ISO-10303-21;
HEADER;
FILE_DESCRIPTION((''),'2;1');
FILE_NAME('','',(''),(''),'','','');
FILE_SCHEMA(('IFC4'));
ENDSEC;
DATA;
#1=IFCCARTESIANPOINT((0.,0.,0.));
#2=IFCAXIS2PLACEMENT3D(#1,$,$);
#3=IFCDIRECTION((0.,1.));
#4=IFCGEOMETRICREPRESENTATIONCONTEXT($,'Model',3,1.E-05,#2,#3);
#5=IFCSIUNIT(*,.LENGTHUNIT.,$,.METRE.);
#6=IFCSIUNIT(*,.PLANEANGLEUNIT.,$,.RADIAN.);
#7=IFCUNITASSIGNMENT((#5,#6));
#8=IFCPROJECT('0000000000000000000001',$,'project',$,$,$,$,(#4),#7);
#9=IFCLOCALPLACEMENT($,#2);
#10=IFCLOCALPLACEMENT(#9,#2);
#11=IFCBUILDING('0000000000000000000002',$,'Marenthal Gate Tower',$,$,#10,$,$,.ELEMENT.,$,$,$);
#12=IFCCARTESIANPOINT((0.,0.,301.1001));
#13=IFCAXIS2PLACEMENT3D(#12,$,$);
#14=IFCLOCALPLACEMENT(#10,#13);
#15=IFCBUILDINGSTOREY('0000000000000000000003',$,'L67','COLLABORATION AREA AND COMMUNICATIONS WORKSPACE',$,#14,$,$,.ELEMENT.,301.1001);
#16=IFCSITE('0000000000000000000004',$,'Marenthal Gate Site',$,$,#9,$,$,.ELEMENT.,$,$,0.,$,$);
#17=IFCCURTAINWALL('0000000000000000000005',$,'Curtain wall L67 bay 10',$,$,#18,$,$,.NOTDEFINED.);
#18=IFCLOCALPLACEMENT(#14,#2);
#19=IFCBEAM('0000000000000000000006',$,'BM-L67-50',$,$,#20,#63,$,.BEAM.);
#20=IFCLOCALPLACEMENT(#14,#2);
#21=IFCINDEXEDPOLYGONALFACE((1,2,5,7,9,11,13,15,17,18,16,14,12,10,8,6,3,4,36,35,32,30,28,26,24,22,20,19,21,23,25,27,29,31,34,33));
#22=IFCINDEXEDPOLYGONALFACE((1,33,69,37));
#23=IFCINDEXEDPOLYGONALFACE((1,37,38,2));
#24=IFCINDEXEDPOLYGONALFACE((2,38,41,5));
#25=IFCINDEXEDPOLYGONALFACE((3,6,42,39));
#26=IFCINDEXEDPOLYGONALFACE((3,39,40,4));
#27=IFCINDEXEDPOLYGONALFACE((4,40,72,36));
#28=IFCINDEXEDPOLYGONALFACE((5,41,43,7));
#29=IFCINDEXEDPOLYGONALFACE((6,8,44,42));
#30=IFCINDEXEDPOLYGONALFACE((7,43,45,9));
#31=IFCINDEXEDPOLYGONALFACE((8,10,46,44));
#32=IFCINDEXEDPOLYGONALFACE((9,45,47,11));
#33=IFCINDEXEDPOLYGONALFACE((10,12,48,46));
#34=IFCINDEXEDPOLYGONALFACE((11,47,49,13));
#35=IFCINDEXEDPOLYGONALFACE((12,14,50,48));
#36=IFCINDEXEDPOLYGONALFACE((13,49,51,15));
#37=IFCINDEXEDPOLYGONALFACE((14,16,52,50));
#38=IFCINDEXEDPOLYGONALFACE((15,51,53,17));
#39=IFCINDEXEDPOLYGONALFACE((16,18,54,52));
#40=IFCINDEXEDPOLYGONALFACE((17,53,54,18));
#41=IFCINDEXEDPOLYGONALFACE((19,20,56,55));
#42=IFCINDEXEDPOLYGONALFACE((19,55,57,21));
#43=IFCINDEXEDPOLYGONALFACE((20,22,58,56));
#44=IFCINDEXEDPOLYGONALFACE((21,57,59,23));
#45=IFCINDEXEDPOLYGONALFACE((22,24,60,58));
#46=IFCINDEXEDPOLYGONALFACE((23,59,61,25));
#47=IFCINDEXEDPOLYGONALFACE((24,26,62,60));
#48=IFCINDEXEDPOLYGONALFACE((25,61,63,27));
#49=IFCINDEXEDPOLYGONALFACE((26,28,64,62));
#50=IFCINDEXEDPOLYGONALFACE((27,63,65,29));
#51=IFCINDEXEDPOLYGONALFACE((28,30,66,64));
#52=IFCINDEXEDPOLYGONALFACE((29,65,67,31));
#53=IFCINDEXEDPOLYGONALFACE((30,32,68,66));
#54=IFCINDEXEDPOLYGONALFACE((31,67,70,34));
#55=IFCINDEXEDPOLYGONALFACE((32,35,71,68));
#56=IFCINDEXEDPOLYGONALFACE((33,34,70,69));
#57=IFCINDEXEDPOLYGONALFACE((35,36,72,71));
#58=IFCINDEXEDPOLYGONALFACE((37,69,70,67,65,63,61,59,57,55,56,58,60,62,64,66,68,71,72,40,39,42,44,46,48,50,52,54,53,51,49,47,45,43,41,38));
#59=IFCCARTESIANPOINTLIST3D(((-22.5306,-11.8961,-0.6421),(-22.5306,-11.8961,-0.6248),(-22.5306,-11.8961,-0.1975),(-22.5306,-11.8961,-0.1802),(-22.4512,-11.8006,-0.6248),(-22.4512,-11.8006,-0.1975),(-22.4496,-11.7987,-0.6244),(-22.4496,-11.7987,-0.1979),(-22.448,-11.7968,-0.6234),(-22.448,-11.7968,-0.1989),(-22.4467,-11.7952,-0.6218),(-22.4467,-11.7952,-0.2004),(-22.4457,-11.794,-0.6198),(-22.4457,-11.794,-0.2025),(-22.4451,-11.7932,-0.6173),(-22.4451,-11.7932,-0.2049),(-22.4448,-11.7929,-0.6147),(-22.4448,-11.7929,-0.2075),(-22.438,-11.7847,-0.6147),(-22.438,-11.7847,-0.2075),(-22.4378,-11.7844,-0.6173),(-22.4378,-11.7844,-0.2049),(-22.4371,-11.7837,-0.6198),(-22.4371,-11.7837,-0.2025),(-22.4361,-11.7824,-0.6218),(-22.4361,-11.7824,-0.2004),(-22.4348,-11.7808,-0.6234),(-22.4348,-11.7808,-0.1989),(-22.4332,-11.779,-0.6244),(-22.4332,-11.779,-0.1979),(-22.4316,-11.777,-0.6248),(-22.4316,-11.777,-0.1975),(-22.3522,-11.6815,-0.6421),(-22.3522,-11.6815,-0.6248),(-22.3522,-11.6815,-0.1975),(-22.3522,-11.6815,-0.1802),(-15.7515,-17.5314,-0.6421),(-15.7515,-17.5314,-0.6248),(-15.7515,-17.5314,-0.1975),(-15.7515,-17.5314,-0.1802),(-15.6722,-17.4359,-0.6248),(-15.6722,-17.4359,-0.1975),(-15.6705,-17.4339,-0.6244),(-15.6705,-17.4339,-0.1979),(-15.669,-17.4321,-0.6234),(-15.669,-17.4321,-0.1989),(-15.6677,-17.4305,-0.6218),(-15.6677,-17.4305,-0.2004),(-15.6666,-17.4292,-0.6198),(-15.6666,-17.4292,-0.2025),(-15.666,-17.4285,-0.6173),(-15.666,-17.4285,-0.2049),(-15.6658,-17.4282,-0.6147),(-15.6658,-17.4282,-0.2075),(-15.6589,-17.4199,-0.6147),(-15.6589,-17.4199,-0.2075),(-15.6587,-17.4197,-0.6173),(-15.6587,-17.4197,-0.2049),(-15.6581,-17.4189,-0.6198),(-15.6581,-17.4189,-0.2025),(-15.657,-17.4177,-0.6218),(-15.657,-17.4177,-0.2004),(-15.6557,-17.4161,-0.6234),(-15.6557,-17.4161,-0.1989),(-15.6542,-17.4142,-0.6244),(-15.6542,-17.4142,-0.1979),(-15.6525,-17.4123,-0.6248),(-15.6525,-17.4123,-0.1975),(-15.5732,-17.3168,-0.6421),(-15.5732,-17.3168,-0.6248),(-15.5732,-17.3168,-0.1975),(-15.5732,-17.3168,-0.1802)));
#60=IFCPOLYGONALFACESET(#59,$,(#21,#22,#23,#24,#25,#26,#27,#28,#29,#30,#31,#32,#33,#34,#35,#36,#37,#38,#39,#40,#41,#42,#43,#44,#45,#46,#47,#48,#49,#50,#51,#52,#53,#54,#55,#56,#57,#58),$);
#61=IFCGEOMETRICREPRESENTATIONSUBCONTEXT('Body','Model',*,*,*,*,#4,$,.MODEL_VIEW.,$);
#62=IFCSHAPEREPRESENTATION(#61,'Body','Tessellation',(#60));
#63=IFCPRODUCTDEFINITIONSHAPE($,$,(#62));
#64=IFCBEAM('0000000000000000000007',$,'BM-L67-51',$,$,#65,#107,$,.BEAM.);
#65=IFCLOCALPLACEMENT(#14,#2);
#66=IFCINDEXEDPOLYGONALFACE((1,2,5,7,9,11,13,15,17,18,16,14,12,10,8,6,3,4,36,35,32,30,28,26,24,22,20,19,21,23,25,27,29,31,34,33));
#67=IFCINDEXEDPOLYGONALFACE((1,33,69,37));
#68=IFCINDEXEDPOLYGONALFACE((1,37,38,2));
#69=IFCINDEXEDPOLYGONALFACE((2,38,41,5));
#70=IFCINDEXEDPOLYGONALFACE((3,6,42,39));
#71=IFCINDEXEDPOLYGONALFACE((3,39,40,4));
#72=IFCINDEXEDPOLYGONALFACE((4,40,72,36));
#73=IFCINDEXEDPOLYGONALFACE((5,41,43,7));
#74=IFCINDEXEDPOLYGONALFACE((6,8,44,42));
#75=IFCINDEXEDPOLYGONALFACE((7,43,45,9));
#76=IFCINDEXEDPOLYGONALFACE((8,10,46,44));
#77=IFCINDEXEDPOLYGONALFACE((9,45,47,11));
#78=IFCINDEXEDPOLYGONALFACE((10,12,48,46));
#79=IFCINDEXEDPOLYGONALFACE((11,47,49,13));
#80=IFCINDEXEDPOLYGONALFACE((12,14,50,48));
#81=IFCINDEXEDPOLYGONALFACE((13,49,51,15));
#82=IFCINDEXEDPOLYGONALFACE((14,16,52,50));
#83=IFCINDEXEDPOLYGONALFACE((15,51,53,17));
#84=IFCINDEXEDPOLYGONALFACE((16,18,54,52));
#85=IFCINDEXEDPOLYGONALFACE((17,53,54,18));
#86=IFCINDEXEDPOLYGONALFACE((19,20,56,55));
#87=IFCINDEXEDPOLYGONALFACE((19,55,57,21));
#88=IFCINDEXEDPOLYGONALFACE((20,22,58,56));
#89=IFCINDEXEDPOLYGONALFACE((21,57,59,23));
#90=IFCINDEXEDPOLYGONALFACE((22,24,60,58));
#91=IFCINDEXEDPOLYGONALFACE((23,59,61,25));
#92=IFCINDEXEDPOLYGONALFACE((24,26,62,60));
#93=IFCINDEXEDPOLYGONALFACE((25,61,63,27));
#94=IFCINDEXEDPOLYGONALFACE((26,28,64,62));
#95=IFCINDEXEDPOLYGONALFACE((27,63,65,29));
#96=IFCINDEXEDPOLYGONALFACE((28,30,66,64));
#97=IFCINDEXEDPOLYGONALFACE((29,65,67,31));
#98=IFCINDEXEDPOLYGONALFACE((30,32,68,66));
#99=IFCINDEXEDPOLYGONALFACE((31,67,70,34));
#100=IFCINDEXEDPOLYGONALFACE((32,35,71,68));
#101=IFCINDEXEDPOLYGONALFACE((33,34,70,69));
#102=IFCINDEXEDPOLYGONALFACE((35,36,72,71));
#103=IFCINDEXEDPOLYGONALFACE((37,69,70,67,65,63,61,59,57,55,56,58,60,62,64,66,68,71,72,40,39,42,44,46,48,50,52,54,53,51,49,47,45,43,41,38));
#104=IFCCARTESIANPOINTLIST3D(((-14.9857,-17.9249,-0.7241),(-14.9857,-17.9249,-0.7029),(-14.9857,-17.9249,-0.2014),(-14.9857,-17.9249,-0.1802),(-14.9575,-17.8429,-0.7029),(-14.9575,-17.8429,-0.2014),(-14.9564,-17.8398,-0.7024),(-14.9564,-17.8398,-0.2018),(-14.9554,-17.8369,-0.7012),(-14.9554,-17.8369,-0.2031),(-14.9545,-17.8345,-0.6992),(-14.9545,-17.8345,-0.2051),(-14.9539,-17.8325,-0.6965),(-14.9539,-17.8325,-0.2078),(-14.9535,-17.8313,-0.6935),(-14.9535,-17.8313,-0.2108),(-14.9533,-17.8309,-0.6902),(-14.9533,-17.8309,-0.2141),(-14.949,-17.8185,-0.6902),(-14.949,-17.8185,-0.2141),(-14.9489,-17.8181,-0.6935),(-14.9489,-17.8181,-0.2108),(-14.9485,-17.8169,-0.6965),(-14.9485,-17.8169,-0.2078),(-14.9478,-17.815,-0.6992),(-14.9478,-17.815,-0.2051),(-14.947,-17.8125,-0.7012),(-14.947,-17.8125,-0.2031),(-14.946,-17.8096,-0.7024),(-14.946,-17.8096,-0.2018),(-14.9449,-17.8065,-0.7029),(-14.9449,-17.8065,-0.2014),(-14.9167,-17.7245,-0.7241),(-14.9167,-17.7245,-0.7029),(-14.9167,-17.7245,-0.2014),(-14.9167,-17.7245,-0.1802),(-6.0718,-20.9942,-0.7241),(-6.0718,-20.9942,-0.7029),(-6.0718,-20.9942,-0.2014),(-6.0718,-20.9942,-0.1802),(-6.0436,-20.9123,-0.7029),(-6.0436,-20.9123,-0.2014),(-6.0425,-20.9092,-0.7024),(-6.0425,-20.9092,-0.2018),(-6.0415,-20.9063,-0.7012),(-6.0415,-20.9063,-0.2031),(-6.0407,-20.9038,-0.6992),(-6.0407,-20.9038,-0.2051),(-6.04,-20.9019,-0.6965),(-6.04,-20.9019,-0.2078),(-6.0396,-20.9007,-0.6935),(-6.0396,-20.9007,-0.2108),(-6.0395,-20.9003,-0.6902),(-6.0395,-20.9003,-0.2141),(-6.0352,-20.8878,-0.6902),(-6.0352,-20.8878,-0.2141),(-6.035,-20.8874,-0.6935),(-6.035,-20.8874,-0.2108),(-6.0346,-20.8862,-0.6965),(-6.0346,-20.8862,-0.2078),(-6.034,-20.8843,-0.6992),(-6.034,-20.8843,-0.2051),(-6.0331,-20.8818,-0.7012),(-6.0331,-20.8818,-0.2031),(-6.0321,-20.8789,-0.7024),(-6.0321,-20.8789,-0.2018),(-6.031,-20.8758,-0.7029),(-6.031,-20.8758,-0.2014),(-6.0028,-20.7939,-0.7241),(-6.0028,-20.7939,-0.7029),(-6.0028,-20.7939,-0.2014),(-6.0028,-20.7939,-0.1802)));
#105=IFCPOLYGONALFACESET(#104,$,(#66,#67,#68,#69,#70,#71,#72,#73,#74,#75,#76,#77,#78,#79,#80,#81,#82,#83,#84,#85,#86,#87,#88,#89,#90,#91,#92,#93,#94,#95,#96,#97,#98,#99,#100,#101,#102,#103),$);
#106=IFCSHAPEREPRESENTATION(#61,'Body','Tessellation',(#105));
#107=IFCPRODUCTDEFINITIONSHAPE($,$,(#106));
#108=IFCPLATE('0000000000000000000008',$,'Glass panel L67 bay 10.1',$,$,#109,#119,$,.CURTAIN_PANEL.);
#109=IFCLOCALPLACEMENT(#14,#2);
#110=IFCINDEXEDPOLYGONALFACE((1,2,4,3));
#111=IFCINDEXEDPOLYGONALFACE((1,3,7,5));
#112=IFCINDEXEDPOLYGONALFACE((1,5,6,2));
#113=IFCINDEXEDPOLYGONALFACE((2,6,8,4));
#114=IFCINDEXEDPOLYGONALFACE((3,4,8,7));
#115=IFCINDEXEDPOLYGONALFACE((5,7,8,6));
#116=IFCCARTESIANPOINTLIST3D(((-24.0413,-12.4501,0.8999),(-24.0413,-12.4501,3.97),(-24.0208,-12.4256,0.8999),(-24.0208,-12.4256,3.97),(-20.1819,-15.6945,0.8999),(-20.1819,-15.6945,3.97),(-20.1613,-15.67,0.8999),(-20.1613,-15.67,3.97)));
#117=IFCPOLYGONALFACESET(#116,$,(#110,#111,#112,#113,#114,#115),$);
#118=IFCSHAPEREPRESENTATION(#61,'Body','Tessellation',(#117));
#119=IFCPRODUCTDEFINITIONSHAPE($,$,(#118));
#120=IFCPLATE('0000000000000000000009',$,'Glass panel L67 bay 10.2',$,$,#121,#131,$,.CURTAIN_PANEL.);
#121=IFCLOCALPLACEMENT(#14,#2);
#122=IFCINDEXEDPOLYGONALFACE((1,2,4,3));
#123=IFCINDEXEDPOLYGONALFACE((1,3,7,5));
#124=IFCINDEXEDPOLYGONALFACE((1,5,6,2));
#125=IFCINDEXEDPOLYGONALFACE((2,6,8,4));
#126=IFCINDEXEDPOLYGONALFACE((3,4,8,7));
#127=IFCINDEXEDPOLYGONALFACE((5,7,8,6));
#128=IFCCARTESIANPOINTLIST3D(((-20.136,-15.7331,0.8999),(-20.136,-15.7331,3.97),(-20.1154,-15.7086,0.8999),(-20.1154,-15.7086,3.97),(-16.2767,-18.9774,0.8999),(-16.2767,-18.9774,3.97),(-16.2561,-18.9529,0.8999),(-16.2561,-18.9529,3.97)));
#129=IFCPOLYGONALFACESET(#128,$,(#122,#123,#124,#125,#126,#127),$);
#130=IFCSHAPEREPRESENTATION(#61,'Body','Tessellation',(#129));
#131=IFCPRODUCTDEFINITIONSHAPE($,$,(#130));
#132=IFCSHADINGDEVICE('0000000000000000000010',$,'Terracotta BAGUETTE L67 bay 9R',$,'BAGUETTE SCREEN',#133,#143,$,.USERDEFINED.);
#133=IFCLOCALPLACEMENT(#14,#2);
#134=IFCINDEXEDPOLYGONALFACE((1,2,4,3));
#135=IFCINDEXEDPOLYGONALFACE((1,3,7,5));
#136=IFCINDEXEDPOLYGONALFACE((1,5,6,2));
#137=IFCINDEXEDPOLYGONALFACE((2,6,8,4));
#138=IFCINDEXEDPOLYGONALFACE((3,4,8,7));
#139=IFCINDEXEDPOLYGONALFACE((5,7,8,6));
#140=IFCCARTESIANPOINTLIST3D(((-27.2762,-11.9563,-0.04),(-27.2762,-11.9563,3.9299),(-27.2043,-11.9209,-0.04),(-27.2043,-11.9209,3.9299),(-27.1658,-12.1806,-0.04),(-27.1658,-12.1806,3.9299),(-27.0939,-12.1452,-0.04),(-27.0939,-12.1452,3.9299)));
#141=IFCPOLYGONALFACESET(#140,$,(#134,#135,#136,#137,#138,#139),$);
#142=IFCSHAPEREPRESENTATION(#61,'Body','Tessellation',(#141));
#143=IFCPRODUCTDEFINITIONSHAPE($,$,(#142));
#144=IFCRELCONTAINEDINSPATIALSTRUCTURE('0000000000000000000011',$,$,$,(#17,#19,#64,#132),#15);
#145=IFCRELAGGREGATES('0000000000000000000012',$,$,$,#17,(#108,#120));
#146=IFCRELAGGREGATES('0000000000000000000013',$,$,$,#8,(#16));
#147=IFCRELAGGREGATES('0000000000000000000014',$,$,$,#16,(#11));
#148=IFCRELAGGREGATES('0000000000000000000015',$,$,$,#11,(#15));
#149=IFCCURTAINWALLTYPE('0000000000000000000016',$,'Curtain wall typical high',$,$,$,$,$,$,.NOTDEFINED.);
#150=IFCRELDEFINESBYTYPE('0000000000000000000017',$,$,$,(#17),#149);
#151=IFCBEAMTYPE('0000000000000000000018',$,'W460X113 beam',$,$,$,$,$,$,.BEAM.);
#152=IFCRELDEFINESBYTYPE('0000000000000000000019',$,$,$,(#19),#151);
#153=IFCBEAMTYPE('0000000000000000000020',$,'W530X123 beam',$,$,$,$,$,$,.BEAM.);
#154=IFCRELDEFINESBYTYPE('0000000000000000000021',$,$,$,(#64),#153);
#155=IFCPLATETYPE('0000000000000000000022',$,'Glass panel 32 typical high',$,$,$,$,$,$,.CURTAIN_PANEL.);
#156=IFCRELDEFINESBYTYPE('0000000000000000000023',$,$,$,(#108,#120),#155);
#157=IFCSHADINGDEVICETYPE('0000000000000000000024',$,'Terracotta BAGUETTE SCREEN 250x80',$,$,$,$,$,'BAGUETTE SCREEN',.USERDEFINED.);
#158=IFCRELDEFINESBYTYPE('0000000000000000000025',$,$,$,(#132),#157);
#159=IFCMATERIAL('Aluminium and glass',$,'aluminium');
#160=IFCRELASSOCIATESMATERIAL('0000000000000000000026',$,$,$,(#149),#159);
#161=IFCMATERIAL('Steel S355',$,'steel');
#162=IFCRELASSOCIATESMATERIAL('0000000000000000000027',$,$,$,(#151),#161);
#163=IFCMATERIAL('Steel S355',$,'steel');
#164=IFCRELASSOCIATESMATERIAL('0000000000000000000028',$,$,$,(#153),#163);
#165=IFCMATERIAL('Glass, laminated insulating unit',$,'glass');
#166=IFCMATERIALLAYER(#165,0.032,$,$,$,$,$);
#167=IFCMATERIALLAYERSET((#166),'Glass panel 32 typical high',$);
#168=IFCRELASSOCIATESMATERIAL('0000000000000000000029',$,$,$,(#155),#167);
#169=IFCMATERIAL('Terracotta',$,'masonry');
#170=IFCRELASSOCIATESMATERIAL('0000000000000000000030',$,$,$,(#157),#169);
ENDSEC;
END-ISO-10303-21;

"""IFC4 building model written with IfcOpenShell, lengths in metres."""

from ifc_helpers import new_model, si_unit, direction, frame, origin, origin_2d, place, context, subcontext, project, spatial, rectangle, i_section, extrude, material, layer, layer_set, material_profile, profile_set, type_object, element, aggregate, save


model = new_model("IFC4")

# Units and contexts
model_context = context("Model", 3, precision=1e-05, world=origin(), true_north=direction((0.0, 1.0)))
body_context = subcontext(model_context, "Body", "Model", "MODEL_VIEW")
ifc_project = project(units=[si_unit("LENGTHUNIT", "METRE"), si_unit("PLANEANGLEUNIT", "RADIAN")], contexts=[model_context])

# Site, building, storey
site_placement = place(None, origin())
site = spatial("IfcSite", under=ifc_project, at=site_placement, Name="Marenthal Gate Site", CompositionType="ELEMENT", RefElevation=0.0)
building_placement = place(site_placement, origin())
building = spatial("IfcBuilding", under=site, at=building_placement, Name="Marenthal Gate Tower", CompositionType="ELEMENT")
storey_placement = place(building_placement, frame((0.0, 0.0, 301.1001)))
storey = spatial("IfcBuildingStorey", under=building, at=storey_placement, Name="L67", Description="COLLABORATION AREA AND COMMUNICATIONS WORKSPACE", CompositionType="ELEMENT", Elevation=301.1001)

# Curtain wall
ifc_material_1 = material(Name="Aluminium and glass", Category="aluminium")
curtain_wall_type = type_object("IfcCurtainWallType", Name="Curtain wall typical high", PredefinedType="NOTDEFINED", material=ifc_material_1)
curtain_wall_placement = place(storey_placement, origin())
curtain_wall = element("IfcCurtainWall", 1, at=curtain_wall_placement, inside=storey, type_object=curtain_wall_type, Name="Curtain wall L67 bay 10", PredefinedType="NOTDEFINED")

# Beams
ifc_material_2 = material(Name="Steel S355", Category="steel")
ifc_material_profile_1 = material_profile(ifc_material_2, i_section(OverallWidth=0.2791, OverallDepth=0.4619, WebThickness=0.0107, FlangeThickness=0.0173, FilletRadius=0.01, at=origin_2d()), Name="W460X113")
ifc_profile_set_1 = profile_set([ifc_material_profile_1], Name="Steel S355")
beam_type_1 = type_object("IfcBeamType", Name="W460X113 beam", PredefinedType="BEAM", material=ifc_profile_set_1)
beam_1_placement = place(storey_placement, frame((-22.4414, -11.7888, -0.4111), z_axis=(0.768999, -0.63925, 0.0), x_axis=(0.63925, 0.768999, 0.0)))
element("IfcBeam", 2, at=beam_1_placement, inside=storey, type_object=beam_type_1, Name="BM-L67-50", PredefinedType="BEAM", context=body_context, shape_type="SweptSolid", body=[
    extrude(i_section(OverallWidth=0.2791, OverallDepth=0.4619, WebThickness=0.0107, FlangeThickness=0.0173, FilletRadius=0.01, at=origin_2d()), origin(), (0.0, 0.0, 1.0), 8.8154),
])
ifc_material_3 = material(Name="Steel S355", Category="steel")
ifc_material_profile_2 = material_profile(ifc_material_3, i_section(OverallWidth=0.2119, OverallDepth=0.5439, WebThickness=0.0132, FlangeThickness=0.0212, FilletRadius=0.0127, at=origin_2d()), Name="W530X123")
ifc_profile_set_2 = profile_set([ifc_material_profile_2], Name="Steel S355")
beam_type_2 = type_object("IfcBeamType", Name="W530X123 beam", PredefinedType="BEAM", material=ifc_profile_set_2)
beam_2_placement = place(storey_placement, frame((-14.9512, -17.8247, -0.4521), z_axis=(0.945517, -0.325574, 0.0), x_axis=(0.325574, 0.945517, 0.0)))
element("IfcBeam", 3, at=beam_2_placement, inside=storey, type_object=beam_type_2, Name="BM-L67-51", PredefinedType="BEAM", context=body_context, shape_type="SweptSolid", body=[
    extrude(i_section(OverallWidth=0.2119, OverallDepth=0.5439, WebThickness=0.0132, FlangeThickness=0.0212, FilletRadius=0.0127, at=origin_2d()), origin(), (0.0, 0.0, 1.0), 9.4275),
])

# Plates
ifc_material_4 = material(Name="Glass, laminated insulating unit", Category="glass")
ifc_layer_1 = layer(ifc_material_4, 0.032)
ifc_layer_set_1 = layer_set([ifc_layer_1], Name="Glass panel 32 typical high")
plate_type = type_object("IfcPlateType", Name="Glass panel 32 typical high", PredefinedType="CURTAIN_PANEL", material=ifc_layer_set_1)
plate_1_placement = place(storey_placement, frame((-22.1013, -14.0601, 0.8999), z_axis=(0.0, 0.0, 1.0), x_axis=(0.765463, -0.64348, 0.0)))
plate_1 = element("IfcPlate", 4, at=plate_1_placement, type_object=plate_type, Name="Glass panel L67 bay 10.1", PredefinedType="CURTAIN_PANEL", context=body_context, shape_type="SweptSolid", body=[
    extrude(rectangle(XDim=5.042, YDim=0.032, at=origin_2d()), origin(), (0.0, 0.0, 1.0), 3.0701),
])
plate_2_placement = place(storey_placement, frame((-18.196, -17.343, 0.8999), z_axis=(0.0, 0.0, 1.0), x_axis=(0.765463, -0.64348, 0.0)))
plate_2 = element("IfcPlate", 5, at=plate_2_placement, type_object=plate_type, Name="Glass panel L67 bay 10.2", PredefinedType="CURTAIN_PANEL", context=body_context, shape_type="SweptSolid", body=[
    extrude(rectangle(XDim=5.0417, YDim=0.032, at=origin_2d()), origin(), (0.0, 0.0, 1.0), 3.0701),
])
aggregate(curtain_wall, [plate_1, plate_2])

# Shading device
ifc_material_5 = material(Name="Terracotta", Category="masonry")
ifc_material_profile_3 = material_profile(ifc_material_5, rectangle(XDim=0.25, YDim=0.0801, at=origin_2d()), Name="Terracotta baguette 250x80")
ifc_profile_set_3 = profile_set([ifc_material_profile_3], Name="Terracotta")
shading_device_type = type_object("IfcShadingDeviceType", Name="Terracotta BAGUETTE SCREEN 250x80", ElementType="BAGUETTE SCREEN", PredefinedType="USERDEFINED", material=ifc_profile_set_3)
shading_device_placement = place(storey_placement, frame((-27.1851, -12.0508, -0.04), z_axis=(0.0, 0.0, 1.0), x_axis=(0.441624, -0.8972, 0.0)))
element("IfcShadingDevice", 6, at=shading_device_placement, inside=storey, type_object=shading_device_type, Name="Terracotta BAGUETTE L67 bay 9R", ObjectType="BAGUETTE SCREEN", PredefinedType="USERDEFINED", context=body_context, shape_type="SweptSolid", body=[
    extrude(rectangle(XDim=0.25, YDim=0.0801, at=origin_2d()), origin(), (0.0, 0.0, 1.0), 3.97),
])

save(model, "model.ifc")
